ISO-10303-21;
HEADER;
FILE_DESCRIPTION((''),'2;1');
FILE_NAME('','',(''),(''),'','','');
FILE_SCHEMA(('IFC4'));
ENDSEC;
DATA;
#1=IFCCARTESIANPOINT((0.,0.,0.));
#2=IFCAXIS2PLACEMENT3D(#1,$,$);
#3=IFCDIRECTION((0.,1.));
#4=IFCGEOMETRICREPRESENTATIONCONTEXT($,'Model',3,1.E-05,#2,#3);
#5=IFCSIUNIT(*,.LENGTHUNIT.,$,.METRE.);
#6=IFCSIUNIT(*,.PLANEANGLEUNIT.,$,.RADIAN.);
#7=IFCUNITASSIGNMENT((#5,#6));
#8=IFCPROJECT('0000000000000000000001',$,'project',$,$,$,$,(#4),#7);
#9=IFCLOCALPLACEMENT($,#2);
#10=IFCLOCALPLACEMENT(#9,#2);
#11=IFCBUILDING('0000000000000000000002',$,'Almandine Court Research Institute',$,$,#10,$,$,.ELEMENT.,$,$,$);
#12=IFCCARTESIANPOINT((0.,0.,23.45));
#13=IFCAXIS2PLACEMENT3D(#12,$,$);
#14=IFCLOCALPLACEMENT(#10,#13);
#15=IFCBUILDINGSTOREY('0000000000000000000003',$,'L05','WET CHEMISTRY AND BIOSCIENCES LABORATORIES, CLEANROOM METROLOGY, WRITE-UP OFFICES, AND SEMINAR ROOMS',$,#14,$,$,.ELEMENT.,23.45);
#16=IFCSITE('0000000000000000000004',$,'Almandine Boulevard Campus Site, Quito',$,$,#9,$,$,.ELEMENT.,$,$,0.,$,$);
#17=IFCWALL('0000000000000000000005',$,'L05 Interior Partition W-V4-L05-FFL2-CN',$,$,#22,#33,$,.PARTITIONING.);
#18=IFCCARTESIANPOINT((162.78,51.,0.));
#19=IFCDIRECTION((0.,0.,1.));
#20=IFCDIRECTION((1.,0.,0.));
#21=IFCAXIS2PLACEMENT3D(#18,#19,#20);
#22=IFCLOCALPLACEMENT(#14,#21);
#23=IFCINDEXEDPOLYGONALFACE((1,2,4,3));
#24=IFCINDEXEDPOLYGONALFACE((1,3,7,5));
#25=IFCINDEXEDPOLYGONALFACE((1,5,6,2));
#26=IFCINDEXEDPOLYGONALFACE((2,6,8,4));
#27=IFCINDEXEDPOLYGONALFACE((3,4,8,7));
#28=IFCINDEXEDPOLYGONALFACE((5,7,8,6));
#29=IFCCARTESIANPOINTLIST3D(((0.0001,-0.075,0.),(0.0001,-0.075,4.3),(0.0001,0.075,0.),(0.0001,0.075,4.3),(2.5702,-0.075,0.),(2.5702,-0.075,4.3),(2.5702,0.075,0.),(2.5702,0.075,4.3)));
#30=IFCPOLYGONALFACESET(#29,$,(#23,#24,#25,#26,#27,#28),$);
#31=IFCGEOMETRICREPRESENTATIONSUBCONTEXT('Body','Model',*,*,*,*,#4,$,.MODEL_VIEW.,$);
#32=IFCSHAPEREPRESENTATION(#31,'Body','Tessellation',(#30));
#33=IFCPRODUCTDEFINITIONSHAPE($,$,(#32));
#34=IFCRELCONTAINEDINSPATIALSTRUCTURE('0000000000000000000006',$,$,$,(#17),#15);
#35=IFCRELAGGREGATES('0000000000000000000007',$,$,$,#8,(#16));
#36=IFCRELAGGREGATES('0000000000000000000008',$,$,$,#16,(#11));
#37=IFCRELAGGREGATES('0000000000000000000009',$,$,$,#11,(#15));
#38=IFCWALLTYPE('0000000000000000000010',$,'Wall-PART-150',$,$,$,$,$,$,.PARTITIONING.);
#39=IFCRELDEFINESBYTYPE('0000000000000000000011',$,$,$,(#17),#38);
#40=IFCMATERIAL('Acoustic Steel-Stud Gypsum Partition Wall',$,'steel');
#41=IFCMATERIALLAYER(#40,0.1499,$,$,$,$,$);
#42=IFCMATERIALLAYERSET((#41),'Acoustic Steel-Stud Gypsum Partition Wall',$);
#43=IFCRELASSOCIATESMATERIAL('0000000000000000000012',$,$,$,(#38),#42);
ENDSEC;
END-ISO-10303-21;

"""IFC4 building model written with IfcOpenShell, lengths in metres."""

from ifc_helpers import new_model, si_unit, direction, frame, frame_2d, origin, place, context, subcontext, project, spatial, rectangle, extrude, material, layer, layer_set, type_object, element, save


model = new_model("IFC4")

# Units and contexts
model_context = context("Model", 3, precision=1e-05, world=origin(), true_north=direction((0.0, 1.0)))
body_context = subcontext(model_context, "Body", "Model", "MODEL_VIEW")
ifc_project = project(units=[si_unit("LENGTHUNIT", "METRE"), si_unit("PLANEANGLEUNIT", "RADIAN")], contexts=[model_context])

# Site, building, storey
site_placement = place(None, origin())
site = spatial("IfcSite", under=ifc_project, at=site_placement, Name="Almandine Boulevard Campus Site, Quito", CompositionType="ELEMENT", RefElevation=0.0)
building_placement = place(site_placement, origin())
building = spatial("IfcBuilding", under=site, at=building_placement, Name="Almandine Court Research Institute", CompositionType="ELEMENT")
storey_placement = place(building_placement, frame((0.0, 0.0, 23.45)))
storey = spatial("IfcBuildingStorey", under=building, at=storey_placement, Name="L05", Description="WET CHEMISTRY AND BIOSCIENCES LABORATORIES, CLEANROOM METROLOGY, WRITE-UP OFFICES, AND SEMINAR ROOMS", CompositionType="ELEMENT", Elevation=23.45)

# Shared definitions
ifc_material_1 = material(Name="Acoustic Steel-Stud Gypsum Partition Wall", Category="steel")
ifc_layer_1 = layer(ifc_material_1, 0.1499)
ifc_layer_set_1 = layer_set([ifc_layer_1], Name="Acoustic Steel-Stud Gypsum Partition Wall")
wall_type_1 = type_object("IfcWallType", Name="Wall-PART-150", PredefinedType="PARTITIONING", material=ifc_layer_set_1)

# Wall
wall_1_placement = place(storey_placement, frame((162.78, 51.0, 0.0), z_axis=(0.0, 0.0, 1.0), x_axis=(1.0, 0.0, 0.0)))
element("IfcWall", 1, at=wall_1_placement, inside=storey, type_object=wall_type_1, Name="L05 Interior Partition W-V4-L05-FFL2-CN", PredefinedType="PARTITIONING", context=body_context, shape_type="SweptSolid", body=[
    extrude(rectangle(XDim=2.5701, YDim=0.1499, at=frame_2d((1.2852, 0.0))), origin(), (0.0, 0.0, 1.0), 4.3),
])

save(model, "model.ifc")
